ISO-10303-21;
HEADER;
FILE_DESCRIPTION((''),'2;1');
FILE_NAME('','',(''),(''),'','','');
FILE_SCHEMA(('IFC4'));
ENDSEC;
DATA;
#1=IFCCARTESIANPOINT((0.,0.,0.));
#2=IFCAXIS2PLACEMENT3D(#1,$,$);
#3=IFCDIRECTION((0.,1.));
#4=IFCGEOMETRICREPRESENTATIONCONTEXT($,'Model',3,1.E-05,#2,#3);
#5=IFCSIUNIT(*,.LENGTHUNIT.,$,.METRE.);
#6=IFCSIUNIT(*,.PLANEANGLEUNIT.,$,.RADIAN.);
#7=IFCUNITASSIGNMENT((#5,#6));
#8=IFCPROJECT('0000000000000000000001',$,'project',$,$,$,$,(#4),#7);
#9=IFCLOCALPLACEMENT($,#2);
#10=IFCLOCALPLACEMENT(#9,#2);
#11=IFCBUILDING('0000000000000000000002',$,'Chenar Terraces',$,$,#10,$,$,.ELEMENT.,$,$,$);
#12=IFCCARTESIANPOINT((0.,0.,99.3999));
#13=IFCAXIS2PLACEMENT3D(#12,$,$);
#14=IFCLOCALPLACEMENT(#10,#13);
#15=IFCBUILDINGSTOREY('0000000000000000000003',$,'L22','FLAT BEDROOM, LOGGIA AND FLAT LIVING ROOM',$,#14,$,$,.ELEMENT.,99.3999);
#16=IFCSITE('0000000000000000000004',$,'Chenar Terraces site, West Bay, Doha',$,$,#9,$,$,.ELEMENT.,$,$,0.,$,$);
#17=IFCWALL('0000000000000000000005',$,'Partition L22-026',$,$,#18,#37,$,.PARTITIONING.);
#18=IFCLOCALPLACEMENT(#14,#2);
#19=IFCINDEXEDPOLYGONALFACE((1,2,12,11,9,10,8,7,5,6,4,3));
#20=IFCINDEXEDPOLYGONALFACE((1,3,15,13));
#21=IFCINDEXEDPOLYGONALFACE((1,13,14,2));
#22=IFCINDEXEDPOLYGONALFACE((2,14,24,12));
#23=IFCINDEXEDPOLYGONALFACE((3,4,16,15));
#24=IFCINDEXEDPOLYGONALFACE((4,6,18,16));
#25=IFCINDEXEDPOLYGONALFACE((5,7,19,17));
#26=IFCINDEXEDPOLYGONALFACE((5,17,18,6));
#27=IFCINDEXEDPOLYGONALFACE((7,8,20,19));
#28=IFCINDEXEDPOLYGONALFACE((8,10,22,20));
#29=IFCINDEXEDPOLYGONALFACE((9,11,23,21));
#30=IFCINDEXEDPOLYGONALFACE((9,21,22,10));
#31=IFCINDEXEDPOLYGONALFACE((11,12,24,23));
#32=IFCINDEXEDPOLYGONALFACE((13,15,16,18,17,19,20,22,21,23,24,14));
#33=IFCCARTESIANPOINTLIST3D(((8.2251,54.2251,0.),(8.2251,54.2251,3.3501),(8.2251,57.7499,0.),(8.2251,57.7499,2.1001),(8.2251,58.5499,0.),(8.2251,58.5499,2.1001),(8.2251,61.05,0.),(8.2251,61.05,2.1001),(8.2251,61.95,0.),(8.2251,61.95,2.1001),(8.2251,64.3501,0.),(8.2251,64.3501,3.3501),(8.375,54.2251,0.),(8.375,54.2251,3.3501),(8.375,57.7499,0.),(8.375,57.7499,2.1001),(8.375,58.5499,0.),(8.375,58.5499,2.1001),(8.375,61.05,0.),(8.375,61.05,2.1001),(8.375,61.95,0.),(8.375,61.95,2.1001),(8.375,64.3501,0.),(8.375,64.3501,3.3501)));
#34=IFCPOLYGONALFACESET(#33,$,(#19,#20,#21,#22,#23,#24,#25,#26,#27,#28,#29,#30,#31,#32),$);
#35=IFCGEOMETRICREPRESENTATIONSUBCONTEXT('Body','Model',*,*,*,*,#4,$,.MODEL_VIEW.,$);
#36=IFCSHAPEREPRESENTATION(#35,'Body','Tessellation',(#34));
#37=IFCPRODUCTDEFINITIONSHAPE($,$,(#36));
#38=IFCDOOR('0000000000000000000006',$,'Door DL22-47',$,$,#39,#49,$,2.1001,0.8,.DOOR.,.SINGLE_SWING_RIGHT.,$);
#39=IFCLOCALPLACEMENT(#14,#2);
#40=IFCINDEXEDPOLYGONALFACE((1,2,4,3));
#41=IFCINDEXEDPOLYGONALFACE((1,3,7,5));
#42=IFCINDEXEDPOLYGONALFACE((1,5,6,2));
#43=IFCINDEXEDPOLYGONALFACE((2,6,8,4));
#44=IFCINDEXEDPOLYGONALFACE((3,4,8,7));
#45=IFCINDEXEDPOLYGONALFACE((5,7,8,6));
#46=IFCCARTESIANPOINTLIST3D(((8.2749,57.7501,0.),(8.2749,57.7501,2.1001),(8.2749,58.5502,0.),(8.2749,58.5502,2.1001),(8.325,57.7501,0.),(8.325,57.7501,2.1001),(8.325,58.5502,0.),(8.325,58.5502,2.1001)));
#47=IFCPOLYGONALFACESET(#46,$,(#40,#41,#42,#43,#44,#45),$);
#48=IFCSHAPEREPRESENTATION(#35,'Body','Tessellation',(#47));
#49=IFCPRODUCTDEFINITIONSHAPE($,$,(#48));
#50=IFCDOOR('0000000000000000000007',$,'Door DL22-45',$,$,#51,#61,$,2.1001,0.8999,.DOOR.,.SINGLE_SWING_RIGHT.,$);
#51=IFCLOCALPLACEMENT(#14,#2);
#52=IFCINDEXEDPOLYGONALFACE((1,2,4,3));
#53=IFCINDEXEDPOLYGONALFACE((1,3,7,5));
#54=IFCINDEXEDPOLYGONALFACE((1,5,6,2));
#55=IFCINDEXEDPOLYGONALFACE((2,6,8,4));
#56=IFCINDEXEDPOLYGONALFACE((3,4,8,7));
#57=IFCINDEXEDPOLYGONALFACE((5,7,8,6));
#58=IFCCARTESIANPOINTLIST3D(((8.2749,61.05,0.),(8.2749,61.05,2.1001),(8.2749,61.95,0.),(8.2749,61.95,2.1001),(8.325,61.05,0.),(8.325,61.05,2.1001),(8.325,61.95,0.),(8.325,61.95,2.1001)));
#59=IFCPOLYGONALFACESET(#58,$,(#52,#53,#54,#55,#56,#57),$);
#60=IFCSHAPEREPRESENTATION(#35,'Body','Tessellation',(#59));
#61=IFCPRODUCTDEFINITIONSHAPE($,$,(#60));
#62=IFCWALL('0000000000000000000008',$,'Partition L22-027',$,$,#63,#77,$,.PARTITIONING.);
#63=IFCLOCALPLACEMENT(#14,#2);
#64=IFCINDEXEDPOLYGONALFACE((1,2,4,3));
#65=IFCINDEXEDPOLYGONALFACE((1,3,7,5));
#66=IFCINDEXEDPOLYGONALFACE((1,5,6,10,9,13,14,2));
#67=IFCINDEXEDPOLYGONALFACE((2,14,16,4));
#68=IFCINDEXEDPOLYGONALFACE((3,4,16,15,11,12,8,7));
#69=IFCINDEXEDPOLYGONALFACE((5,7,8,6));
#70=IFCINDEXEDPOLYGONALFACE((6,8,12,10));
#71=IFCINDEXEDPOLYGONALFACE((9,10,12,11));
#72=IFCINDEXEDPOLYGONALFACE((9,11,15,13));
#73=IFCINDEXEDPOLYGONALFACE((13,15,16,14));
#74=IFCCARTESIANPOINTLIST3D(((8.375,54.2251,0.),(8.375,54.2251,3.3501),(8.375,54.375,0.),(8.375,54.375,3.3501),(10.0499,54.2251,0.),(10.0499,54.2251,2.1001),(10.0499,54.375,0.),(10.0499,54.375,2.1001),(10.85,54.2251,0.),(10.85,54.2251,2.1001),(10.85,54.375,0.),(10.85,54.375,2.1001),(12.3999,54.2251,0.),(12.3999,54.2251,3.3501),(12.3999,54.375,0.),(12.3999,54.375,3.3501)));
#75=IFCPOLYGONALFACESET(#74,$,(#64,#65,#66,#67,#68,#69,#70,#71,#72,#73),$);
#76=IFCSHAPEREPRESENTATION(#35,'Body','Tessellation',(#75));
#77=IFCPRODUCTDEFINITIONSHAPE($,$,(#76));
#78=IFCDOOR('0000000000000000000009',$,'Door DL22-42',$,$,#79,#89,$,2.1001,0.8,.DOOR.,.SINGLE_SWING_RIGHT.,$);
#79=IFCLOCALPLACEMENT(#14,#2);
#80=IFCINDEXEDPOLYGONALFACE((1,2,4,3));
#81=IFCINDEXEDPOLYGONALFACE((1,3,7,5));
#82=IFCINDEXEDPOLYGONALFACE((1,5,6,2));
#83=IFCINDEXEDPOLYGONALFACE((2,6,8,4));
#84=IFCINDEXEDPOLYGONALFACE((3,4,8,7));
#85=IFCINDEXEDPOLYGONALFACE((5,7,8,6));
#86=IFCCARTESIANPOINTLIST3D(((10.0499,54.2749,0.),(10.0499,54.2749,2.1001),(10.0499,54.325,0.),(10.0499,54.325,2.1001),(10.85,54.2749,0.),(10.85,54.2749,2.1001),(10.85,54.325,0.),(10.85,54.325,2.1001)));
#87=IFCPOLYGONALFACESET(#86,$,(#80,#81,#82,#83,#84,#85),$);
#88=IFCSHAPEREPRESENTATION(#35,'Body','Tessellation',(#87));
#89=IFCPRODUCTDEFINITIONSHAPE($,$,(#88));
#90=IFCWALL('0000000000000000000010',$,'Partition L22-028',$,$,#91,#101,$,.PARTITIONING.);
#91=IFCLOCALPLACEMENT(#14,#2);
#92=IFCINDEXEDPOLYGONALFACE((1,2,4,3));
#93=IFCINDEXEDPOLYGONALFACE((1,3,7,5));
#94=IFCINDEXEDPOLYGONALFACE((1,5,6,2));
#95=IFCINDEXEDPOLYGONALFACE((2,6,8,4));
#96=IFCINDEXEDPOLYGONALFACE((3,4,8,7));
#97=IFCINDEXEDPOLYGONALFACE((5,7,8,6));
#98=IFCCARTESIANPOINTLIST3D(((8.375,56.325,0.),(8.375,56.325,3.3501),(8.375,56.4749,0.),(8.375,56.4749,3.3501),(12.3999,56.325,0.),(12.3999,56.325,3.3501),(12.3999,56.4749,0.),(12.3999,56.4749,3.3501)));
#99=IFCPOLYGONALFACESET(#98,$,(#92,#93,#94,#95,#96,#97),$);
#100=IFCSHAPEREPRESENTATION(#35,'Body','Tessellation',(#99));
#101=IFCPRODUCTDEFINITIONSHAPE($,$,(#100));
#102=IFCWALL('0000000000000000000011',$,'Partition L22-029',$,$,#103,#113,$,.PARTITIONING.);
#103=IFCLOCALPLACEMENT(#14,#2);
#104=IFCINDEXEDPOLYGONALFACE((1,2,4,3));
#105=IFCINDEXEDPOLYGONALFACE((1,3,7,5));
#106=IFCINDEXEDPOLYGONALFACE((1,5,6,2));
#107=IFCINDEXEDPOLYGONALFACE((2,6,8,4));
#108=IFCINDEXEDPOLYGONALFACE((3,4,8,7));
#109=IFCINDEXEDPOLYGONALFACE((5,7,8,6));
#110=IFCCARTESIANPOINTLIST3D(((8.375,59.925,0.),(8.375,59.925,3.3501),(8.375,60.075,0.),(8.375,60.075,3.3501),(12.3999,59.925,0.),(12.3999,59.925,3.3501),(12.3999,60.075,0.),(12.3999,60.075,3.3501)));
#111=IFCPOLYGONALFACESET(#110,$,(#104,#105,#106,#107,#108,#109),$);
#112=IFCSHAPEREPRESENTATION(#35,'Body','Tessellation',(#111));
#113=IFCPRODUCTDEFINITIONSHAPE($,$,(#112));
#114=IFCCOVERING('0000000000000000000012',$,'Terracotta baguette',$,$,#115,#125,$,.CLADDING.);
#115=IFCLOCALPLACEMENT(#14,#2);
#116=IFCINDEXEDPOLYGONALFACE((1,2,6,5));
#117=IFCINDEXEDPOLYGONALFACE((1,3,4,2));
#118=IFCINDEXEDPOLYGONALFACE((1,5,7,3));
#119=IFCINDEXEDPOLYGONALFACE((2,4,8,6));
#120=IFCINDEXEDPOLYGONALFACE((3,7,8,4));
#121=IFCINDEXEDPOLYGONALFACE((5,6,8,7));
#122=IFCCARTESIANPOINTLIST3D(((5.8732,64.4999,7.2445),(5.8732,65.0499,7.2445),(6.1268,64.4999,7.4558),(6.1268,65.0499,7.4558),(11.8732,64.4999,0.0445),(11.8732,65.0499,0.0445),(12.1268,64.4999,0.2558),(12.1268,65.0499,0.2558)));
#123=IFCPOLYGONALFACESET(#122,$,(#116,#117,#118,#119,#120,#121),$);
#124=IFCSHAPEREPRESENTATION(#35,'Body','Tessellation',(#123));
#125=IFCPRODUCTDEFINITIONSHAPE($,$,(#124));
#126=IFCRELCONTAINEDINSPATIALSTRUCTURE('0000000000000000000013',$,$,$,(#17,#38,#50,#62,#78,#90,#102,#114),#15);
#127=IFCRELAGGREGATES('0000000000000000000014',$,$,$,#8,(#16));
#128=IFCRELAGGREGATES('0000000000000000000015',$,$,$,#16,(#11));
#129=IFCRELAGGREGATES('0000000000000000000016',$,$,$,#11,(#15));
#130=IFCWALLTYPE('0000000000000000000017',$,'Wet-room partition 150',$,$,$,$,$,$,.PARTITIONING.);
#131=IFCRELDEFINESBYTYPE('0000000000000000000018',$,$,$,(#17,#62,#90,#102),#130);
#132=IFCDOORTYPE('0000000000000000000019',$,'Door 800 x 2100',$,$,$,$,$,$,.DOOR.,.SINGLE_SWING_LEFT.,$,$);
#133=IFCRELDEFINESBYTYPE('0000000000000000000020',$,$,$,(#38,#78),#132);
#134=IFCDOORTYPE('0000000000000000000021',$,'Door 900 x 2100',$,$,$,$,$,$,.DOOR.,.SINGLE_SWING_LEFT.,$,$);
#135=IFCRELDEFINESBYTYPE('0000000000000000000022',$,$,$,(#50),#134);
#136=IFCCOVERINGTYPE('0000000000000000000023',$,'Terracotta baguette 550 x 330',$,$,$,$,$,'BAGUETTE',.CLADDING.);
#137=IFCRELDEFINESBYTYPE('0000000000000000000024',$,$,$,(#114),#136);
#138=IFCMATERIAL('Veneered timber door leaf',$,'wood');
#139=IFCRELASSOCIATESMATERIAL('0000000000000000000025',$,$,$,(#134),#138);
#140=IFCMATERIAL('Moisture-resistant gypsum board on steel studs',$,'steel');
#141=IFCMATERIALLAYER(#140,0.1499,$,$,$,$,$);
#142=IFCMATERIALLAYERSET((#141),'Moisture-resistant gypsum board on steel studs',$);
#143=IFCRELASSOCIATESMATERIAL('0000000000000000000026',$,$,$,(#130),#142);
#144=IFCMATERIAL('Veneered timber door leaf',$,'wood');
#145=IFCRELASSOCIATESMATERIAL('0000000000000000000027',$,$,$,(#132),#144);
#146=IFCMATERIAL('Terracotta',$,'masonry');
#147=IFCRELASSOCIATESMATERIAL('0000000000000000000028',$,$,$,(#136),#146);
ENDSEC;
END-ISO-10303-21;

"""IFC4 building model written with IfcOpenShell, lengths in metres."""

from ifc_helpers import new_model, si_unit, direction, frame, frame_2d, origin, origin_2d, place, context, subcontext, project, spatial, rectangle, extrude, material, layer, layer_set, material_profile, profile_set, type_object, element, fill, save


model = new_model("IFC4")

# Units and contexts
model_context = context("Model", 3, precision=1e-05, world=origin(), true_north=direction((0.0, 1.0)))
body_context = subcontext(model_context, "Body", "Model", "MODEL_VIEW")
ifc_project = project(units=[si_unit("LENGTHUNIT", "METRE"), si_unit("PLANEANGLEUNIT", "RADIAN")], contexts=[model_context])

# Site, building, storey
site_placement = place(None, origin())
site = spatial("IfcSite", under=ifc_project, at=site_placement, Name="Chenar Terraces site, West Bay, Doha", CompositionType="ELEMENT", RefElevation=0.0)
building_placement = place(site_placement, origin())
building = spatial("IfcBuilding", under=site, at=building_placement, Name="Chenar Terraces", CompositionType="ELEMENT")
storey_placement = place(building_placement, frame((0.0, 0.0, 99.3999)))
storey = spatial("IfcBuildingStorey", under=building, at=storey_placement, Name="L22", Description="FLAT BEDROOM, LOGGIA AND FLAT LIVING ROOM", CompositionType="ELEMENT", Elevation=99.3999)

# Shared definitions
ifc_material_1 = material(Name="Veneered timber door leaf", Category="wood")
door_type_1 = type_object("IfcDoorType", Name="Door 900 x 2100", OperationType="SINGLE_SWING_LEFT", PredefinedType="DOOR", material=ifc_material_1)

# Wall, openings, doors
ifc_material_2 = material(Name="Moisture-resistant gypsum board on steel studs", Category="steel")
ifc_layer_1 = layer(ifc_material_2, 0.1499)
ifc_layer_set_1 = layer_set([ifc_layer_1], Name="Moisture-resistant gypsum board on steel studs")
wall_type_1 = type_object("IfcWallType", Name="Wet-room partition 150", PredefinedType="PARTITIONING", material=ifc_layer_set_1)
wall_1_placement = place(storey_placement, frame((8.3, 54.2251, 0.0), z_axis=(0.0, 0.0, 1.0), x_axis=(0.0, 1.0, 0.0)))
wall_1 = element("IfcWall", 1, at=wall_1_placement, inside=storey, type_object=wall_type_1, Name="Partition L22-026", PredefinedType="PARTITIONING", context=body_context, shape_type="SweptSolid", body=[
    extrude(rectangle(XDim=10.125, YDim=0.1499, at=frame_2d((5.0625, 0.0))), origin(), (0.0, 0.0, 1.0), 3.3501),
])
opening_1_placement = place(wall_1_placement, frame((6.825, 0.0, 0.0)))
opening_1 = element("IfcOpeningElement", 2, at=opening_1_placement, cuts=wall_1, PredefinedType="OPENING", context=body_context, shape_type="SweptSolid", body=[
    extrude(rectangle(XDim=0.8999, YDim=2.1001, at=frame_2d((0.45, 1.05))), frame((0.0, 0.085, 0.0), z_axis=(0.0, -1.0, 0.0), x_axis=(1.0, 0.0, 0.0)), (0.0, 0.0, 1.0), 0.1699),
])
opening_2_placement = place(wall_1_placement, frame((3.5249, 0.0, 0.0)))
opening_2 = element("IfcOpeningElement", 3, at=opening_2_placement, cuts=wall_1, PredefinedType="OPENING", context=body_context, shape_type="SweptSolid", body=[
    extrude(rectangle(XDim=0.8, YDim=2.1001, at=frame_2d((0.3999, 1.05))), frame((0.0, 0.085, 0.0), z_axis=(0.0, -1.0, 0.0), x_axis=(1.0, 0.0, 0.0)), (0.0, 0.0, 1.0), 0.1699),
])
ifc_material_3 = material(Name="Veneered timber door leaf", Category="wood")
door_type_2 = type_object("IfcDoorType", Name="Door 800 x 2100", OperationType="SINGLE_SWING_LEFT", PredefinedType="DOOR", material=ifc_material_3)
door_1_placement = place(opening_2_placement, frame((0.8, 0.0, 0.0), z_axis=(0.0, 0.0, 1.0), x_axis=(-1.0, 0.0, 0.0)))
door_1 = element("IfcDoor", 4, at=door_1_placement, inside=storey, type_object=door_type_2, Name="Door DL22-47", OperationType="SINGLE_SWING_RIGHT", OverallHeight=2.1001, OverallWidth=0.8, PredefinedType="DOOR", context=body_context, shape_type="SweptSolid", body=[
    extrude(rectangle(XDim=0.8, YDim=2.1001, at=frame_2d((0.3999, 1.05))), frame((0.0, 0.0249, 0.0), z_axis=(0.0, -1.0, 0.0), x_axis=(1.0, 0.0, 0.0)), (0.0, 0.0, 1.0), 0.05),
])
fill(opening_2, door_1)
door_2_placement = place(opening_1_placement, frame((0.8999, 0.0, 0.0), z_axis=(0.0, 0.0, 1.0), x_axis=(-1.0, 0.0, 0.0)))
door_2 = element("IfcDoor", 5, at=door_2_placement, inside=storey, type_object=door_type_1, Name="Door DL22-45", OperationType="SINGLE_SWING_RIGHT", OverallHeight=2.1001, OverallWidth=0.8999, PredefinedType="DOOR", context=body_context, shape_type="SweptSolid", body=[
    extrude(rectangle(XDim=0.8999, YDim=2.1001, at=frame_2d((0.45, 1.05))), frame((0.0, 0.0249, 0.0), z_axis=(0.0, -1.0, 0.0), x_axis=(1.0, 0.0, 0.0)), (0.0, 0.0, 1.0), 0.05),
])
fill(opening_1, door_2)

# Wall, opening, door
wall_2_placement = place(storey_placement, frame((8.375, 54.3, 0.0), z_axis=(0.0, 0.0, 1.0), x_axis=(1.0, 0.0, 0.0)))
wall_2 = element("IfcWall", 6, at=wall_2_placement, inside=storey, type_object=wall_type_1, Name="Partition L22-027", PredefinedType="PARTITIONING", context=body_context, shape_type="SweptSolid", body=[
    extrude(rectangle(XDim=4.0249, YDim=0.1499, at=frame_2d((2.0125, 0.0))), origin(), (0.0, 0.0, 1.0), 3.3501),
])
opening_3_placement = place(wall_2_placement, frame((1.675, 0.0, 0.0)))
opening_3 = element("IfcOpeningElement", 7, at=opening_3_placement, cuts=wall_2, PredefinedType="OPENING", context=body_context, shape_type="SweptSolid", body=[
    extrude(rectangle(XDim=0.8, YDim=2.1001, at=frame_2d((0.3999, 1.05))), frame((0.0, 0.085, 0.0), z_axis=(0.0, -1.0, 0.0), x_axis=(1.0, 0.0, 0.0)), (0.0, 0.0, 1.0), 0.1699),
])
door_3_placement = place(opening_3_placement, origin())
door_3 = element("IfcDoor", 8, at=door_3_placement, inside=storey, type_object=door_type_2, Name="Door DL22-42", OperationType="SINGLE_SWING_RIGHT", OverallHeight=2.1001, OverallWidth=0.8, PredefinedType="DOOR", context=body_context, shape_type="SweptSolid", body=[
    extrude(rectangle(XDim=0.8, YDim=2.1001, at=frame_2d((0.3999, 1.05))), frame((0.0, 0.0249, 0.0), z_axis=(0.0, -1.0, 0.0), x_axis=(1.0, 0.0, 0.0)), (0.0, 0.0, 1.0), 0.05),
])
fill(opening_3, door_3)

# Walls
for number, where, z_axis, x_axis, name in (
    (9, (8.375, 56.3999, 0.0), (0.0, 0.0, 1.0), (1.0, 0.0, 0.0), "Partition L22-028"),
    (10, (8.375, 60.0, 0.0), (0.0, 0.0, 1.0), (1.0, 0.0, 0.0), "Partition L22-029"),
):
    element("IfcWall", number, at=place(storey_placement, frame(where, z_axis=z_axis, x_axis=x_axis)), inside=storey, type_object=wall_type_1, Name=name, PredefinedType="PARTITIONING", context=body_context, shape_type="SweptSolid", body=[
        extrude(rectangle(XDim=4.0249, YDim=0.1499, at=frame_2d((2.0125, 0.0))), origin(), (0.0, 0.0, 1.0), 3.3501),
    ])

# Covering
ifc_material_4 = material(Name="Terracotta", Category="masonry")
ifc_material_profile_1 = material_profile(ifc_material_4, rectangle(XDim=0.55, YDim=0.3301, at=origin_2d()), Name="Terracotta baguette 550 x 330")
ifc_profile_set_1 = profile_set([ifc_material_profile_1], Name="Terracotta")
covering_type = type_object("IfcCoveringType", Name="Terracotta baguette 550 x 330", ElementType="BAGUETTE", PredefinedType="CLADDING", material=ifc_profile_set_1)
covering_placement = place(storey_placement, frame((12.0, 64.7749, 0.1501), z_axis=(-0.640187, 0.0, 0.768219), x_axis=(0.0, -1.0, 0.0)))
element("IfcCovering", 11, at=covering_placement, inside=storey, type_object=covering_type, Name="Terracotta baguette", PredefinedType="CLADDING", context=body_context, shape_type="SweptSolid", body=[
    extrude(rectangle(XDim=0.55, YDim=0.3301, at=origin_2d()), origin(), (0.0, 0.0, 1.0), 9.3723),
])

save(model, "model.ifc")
